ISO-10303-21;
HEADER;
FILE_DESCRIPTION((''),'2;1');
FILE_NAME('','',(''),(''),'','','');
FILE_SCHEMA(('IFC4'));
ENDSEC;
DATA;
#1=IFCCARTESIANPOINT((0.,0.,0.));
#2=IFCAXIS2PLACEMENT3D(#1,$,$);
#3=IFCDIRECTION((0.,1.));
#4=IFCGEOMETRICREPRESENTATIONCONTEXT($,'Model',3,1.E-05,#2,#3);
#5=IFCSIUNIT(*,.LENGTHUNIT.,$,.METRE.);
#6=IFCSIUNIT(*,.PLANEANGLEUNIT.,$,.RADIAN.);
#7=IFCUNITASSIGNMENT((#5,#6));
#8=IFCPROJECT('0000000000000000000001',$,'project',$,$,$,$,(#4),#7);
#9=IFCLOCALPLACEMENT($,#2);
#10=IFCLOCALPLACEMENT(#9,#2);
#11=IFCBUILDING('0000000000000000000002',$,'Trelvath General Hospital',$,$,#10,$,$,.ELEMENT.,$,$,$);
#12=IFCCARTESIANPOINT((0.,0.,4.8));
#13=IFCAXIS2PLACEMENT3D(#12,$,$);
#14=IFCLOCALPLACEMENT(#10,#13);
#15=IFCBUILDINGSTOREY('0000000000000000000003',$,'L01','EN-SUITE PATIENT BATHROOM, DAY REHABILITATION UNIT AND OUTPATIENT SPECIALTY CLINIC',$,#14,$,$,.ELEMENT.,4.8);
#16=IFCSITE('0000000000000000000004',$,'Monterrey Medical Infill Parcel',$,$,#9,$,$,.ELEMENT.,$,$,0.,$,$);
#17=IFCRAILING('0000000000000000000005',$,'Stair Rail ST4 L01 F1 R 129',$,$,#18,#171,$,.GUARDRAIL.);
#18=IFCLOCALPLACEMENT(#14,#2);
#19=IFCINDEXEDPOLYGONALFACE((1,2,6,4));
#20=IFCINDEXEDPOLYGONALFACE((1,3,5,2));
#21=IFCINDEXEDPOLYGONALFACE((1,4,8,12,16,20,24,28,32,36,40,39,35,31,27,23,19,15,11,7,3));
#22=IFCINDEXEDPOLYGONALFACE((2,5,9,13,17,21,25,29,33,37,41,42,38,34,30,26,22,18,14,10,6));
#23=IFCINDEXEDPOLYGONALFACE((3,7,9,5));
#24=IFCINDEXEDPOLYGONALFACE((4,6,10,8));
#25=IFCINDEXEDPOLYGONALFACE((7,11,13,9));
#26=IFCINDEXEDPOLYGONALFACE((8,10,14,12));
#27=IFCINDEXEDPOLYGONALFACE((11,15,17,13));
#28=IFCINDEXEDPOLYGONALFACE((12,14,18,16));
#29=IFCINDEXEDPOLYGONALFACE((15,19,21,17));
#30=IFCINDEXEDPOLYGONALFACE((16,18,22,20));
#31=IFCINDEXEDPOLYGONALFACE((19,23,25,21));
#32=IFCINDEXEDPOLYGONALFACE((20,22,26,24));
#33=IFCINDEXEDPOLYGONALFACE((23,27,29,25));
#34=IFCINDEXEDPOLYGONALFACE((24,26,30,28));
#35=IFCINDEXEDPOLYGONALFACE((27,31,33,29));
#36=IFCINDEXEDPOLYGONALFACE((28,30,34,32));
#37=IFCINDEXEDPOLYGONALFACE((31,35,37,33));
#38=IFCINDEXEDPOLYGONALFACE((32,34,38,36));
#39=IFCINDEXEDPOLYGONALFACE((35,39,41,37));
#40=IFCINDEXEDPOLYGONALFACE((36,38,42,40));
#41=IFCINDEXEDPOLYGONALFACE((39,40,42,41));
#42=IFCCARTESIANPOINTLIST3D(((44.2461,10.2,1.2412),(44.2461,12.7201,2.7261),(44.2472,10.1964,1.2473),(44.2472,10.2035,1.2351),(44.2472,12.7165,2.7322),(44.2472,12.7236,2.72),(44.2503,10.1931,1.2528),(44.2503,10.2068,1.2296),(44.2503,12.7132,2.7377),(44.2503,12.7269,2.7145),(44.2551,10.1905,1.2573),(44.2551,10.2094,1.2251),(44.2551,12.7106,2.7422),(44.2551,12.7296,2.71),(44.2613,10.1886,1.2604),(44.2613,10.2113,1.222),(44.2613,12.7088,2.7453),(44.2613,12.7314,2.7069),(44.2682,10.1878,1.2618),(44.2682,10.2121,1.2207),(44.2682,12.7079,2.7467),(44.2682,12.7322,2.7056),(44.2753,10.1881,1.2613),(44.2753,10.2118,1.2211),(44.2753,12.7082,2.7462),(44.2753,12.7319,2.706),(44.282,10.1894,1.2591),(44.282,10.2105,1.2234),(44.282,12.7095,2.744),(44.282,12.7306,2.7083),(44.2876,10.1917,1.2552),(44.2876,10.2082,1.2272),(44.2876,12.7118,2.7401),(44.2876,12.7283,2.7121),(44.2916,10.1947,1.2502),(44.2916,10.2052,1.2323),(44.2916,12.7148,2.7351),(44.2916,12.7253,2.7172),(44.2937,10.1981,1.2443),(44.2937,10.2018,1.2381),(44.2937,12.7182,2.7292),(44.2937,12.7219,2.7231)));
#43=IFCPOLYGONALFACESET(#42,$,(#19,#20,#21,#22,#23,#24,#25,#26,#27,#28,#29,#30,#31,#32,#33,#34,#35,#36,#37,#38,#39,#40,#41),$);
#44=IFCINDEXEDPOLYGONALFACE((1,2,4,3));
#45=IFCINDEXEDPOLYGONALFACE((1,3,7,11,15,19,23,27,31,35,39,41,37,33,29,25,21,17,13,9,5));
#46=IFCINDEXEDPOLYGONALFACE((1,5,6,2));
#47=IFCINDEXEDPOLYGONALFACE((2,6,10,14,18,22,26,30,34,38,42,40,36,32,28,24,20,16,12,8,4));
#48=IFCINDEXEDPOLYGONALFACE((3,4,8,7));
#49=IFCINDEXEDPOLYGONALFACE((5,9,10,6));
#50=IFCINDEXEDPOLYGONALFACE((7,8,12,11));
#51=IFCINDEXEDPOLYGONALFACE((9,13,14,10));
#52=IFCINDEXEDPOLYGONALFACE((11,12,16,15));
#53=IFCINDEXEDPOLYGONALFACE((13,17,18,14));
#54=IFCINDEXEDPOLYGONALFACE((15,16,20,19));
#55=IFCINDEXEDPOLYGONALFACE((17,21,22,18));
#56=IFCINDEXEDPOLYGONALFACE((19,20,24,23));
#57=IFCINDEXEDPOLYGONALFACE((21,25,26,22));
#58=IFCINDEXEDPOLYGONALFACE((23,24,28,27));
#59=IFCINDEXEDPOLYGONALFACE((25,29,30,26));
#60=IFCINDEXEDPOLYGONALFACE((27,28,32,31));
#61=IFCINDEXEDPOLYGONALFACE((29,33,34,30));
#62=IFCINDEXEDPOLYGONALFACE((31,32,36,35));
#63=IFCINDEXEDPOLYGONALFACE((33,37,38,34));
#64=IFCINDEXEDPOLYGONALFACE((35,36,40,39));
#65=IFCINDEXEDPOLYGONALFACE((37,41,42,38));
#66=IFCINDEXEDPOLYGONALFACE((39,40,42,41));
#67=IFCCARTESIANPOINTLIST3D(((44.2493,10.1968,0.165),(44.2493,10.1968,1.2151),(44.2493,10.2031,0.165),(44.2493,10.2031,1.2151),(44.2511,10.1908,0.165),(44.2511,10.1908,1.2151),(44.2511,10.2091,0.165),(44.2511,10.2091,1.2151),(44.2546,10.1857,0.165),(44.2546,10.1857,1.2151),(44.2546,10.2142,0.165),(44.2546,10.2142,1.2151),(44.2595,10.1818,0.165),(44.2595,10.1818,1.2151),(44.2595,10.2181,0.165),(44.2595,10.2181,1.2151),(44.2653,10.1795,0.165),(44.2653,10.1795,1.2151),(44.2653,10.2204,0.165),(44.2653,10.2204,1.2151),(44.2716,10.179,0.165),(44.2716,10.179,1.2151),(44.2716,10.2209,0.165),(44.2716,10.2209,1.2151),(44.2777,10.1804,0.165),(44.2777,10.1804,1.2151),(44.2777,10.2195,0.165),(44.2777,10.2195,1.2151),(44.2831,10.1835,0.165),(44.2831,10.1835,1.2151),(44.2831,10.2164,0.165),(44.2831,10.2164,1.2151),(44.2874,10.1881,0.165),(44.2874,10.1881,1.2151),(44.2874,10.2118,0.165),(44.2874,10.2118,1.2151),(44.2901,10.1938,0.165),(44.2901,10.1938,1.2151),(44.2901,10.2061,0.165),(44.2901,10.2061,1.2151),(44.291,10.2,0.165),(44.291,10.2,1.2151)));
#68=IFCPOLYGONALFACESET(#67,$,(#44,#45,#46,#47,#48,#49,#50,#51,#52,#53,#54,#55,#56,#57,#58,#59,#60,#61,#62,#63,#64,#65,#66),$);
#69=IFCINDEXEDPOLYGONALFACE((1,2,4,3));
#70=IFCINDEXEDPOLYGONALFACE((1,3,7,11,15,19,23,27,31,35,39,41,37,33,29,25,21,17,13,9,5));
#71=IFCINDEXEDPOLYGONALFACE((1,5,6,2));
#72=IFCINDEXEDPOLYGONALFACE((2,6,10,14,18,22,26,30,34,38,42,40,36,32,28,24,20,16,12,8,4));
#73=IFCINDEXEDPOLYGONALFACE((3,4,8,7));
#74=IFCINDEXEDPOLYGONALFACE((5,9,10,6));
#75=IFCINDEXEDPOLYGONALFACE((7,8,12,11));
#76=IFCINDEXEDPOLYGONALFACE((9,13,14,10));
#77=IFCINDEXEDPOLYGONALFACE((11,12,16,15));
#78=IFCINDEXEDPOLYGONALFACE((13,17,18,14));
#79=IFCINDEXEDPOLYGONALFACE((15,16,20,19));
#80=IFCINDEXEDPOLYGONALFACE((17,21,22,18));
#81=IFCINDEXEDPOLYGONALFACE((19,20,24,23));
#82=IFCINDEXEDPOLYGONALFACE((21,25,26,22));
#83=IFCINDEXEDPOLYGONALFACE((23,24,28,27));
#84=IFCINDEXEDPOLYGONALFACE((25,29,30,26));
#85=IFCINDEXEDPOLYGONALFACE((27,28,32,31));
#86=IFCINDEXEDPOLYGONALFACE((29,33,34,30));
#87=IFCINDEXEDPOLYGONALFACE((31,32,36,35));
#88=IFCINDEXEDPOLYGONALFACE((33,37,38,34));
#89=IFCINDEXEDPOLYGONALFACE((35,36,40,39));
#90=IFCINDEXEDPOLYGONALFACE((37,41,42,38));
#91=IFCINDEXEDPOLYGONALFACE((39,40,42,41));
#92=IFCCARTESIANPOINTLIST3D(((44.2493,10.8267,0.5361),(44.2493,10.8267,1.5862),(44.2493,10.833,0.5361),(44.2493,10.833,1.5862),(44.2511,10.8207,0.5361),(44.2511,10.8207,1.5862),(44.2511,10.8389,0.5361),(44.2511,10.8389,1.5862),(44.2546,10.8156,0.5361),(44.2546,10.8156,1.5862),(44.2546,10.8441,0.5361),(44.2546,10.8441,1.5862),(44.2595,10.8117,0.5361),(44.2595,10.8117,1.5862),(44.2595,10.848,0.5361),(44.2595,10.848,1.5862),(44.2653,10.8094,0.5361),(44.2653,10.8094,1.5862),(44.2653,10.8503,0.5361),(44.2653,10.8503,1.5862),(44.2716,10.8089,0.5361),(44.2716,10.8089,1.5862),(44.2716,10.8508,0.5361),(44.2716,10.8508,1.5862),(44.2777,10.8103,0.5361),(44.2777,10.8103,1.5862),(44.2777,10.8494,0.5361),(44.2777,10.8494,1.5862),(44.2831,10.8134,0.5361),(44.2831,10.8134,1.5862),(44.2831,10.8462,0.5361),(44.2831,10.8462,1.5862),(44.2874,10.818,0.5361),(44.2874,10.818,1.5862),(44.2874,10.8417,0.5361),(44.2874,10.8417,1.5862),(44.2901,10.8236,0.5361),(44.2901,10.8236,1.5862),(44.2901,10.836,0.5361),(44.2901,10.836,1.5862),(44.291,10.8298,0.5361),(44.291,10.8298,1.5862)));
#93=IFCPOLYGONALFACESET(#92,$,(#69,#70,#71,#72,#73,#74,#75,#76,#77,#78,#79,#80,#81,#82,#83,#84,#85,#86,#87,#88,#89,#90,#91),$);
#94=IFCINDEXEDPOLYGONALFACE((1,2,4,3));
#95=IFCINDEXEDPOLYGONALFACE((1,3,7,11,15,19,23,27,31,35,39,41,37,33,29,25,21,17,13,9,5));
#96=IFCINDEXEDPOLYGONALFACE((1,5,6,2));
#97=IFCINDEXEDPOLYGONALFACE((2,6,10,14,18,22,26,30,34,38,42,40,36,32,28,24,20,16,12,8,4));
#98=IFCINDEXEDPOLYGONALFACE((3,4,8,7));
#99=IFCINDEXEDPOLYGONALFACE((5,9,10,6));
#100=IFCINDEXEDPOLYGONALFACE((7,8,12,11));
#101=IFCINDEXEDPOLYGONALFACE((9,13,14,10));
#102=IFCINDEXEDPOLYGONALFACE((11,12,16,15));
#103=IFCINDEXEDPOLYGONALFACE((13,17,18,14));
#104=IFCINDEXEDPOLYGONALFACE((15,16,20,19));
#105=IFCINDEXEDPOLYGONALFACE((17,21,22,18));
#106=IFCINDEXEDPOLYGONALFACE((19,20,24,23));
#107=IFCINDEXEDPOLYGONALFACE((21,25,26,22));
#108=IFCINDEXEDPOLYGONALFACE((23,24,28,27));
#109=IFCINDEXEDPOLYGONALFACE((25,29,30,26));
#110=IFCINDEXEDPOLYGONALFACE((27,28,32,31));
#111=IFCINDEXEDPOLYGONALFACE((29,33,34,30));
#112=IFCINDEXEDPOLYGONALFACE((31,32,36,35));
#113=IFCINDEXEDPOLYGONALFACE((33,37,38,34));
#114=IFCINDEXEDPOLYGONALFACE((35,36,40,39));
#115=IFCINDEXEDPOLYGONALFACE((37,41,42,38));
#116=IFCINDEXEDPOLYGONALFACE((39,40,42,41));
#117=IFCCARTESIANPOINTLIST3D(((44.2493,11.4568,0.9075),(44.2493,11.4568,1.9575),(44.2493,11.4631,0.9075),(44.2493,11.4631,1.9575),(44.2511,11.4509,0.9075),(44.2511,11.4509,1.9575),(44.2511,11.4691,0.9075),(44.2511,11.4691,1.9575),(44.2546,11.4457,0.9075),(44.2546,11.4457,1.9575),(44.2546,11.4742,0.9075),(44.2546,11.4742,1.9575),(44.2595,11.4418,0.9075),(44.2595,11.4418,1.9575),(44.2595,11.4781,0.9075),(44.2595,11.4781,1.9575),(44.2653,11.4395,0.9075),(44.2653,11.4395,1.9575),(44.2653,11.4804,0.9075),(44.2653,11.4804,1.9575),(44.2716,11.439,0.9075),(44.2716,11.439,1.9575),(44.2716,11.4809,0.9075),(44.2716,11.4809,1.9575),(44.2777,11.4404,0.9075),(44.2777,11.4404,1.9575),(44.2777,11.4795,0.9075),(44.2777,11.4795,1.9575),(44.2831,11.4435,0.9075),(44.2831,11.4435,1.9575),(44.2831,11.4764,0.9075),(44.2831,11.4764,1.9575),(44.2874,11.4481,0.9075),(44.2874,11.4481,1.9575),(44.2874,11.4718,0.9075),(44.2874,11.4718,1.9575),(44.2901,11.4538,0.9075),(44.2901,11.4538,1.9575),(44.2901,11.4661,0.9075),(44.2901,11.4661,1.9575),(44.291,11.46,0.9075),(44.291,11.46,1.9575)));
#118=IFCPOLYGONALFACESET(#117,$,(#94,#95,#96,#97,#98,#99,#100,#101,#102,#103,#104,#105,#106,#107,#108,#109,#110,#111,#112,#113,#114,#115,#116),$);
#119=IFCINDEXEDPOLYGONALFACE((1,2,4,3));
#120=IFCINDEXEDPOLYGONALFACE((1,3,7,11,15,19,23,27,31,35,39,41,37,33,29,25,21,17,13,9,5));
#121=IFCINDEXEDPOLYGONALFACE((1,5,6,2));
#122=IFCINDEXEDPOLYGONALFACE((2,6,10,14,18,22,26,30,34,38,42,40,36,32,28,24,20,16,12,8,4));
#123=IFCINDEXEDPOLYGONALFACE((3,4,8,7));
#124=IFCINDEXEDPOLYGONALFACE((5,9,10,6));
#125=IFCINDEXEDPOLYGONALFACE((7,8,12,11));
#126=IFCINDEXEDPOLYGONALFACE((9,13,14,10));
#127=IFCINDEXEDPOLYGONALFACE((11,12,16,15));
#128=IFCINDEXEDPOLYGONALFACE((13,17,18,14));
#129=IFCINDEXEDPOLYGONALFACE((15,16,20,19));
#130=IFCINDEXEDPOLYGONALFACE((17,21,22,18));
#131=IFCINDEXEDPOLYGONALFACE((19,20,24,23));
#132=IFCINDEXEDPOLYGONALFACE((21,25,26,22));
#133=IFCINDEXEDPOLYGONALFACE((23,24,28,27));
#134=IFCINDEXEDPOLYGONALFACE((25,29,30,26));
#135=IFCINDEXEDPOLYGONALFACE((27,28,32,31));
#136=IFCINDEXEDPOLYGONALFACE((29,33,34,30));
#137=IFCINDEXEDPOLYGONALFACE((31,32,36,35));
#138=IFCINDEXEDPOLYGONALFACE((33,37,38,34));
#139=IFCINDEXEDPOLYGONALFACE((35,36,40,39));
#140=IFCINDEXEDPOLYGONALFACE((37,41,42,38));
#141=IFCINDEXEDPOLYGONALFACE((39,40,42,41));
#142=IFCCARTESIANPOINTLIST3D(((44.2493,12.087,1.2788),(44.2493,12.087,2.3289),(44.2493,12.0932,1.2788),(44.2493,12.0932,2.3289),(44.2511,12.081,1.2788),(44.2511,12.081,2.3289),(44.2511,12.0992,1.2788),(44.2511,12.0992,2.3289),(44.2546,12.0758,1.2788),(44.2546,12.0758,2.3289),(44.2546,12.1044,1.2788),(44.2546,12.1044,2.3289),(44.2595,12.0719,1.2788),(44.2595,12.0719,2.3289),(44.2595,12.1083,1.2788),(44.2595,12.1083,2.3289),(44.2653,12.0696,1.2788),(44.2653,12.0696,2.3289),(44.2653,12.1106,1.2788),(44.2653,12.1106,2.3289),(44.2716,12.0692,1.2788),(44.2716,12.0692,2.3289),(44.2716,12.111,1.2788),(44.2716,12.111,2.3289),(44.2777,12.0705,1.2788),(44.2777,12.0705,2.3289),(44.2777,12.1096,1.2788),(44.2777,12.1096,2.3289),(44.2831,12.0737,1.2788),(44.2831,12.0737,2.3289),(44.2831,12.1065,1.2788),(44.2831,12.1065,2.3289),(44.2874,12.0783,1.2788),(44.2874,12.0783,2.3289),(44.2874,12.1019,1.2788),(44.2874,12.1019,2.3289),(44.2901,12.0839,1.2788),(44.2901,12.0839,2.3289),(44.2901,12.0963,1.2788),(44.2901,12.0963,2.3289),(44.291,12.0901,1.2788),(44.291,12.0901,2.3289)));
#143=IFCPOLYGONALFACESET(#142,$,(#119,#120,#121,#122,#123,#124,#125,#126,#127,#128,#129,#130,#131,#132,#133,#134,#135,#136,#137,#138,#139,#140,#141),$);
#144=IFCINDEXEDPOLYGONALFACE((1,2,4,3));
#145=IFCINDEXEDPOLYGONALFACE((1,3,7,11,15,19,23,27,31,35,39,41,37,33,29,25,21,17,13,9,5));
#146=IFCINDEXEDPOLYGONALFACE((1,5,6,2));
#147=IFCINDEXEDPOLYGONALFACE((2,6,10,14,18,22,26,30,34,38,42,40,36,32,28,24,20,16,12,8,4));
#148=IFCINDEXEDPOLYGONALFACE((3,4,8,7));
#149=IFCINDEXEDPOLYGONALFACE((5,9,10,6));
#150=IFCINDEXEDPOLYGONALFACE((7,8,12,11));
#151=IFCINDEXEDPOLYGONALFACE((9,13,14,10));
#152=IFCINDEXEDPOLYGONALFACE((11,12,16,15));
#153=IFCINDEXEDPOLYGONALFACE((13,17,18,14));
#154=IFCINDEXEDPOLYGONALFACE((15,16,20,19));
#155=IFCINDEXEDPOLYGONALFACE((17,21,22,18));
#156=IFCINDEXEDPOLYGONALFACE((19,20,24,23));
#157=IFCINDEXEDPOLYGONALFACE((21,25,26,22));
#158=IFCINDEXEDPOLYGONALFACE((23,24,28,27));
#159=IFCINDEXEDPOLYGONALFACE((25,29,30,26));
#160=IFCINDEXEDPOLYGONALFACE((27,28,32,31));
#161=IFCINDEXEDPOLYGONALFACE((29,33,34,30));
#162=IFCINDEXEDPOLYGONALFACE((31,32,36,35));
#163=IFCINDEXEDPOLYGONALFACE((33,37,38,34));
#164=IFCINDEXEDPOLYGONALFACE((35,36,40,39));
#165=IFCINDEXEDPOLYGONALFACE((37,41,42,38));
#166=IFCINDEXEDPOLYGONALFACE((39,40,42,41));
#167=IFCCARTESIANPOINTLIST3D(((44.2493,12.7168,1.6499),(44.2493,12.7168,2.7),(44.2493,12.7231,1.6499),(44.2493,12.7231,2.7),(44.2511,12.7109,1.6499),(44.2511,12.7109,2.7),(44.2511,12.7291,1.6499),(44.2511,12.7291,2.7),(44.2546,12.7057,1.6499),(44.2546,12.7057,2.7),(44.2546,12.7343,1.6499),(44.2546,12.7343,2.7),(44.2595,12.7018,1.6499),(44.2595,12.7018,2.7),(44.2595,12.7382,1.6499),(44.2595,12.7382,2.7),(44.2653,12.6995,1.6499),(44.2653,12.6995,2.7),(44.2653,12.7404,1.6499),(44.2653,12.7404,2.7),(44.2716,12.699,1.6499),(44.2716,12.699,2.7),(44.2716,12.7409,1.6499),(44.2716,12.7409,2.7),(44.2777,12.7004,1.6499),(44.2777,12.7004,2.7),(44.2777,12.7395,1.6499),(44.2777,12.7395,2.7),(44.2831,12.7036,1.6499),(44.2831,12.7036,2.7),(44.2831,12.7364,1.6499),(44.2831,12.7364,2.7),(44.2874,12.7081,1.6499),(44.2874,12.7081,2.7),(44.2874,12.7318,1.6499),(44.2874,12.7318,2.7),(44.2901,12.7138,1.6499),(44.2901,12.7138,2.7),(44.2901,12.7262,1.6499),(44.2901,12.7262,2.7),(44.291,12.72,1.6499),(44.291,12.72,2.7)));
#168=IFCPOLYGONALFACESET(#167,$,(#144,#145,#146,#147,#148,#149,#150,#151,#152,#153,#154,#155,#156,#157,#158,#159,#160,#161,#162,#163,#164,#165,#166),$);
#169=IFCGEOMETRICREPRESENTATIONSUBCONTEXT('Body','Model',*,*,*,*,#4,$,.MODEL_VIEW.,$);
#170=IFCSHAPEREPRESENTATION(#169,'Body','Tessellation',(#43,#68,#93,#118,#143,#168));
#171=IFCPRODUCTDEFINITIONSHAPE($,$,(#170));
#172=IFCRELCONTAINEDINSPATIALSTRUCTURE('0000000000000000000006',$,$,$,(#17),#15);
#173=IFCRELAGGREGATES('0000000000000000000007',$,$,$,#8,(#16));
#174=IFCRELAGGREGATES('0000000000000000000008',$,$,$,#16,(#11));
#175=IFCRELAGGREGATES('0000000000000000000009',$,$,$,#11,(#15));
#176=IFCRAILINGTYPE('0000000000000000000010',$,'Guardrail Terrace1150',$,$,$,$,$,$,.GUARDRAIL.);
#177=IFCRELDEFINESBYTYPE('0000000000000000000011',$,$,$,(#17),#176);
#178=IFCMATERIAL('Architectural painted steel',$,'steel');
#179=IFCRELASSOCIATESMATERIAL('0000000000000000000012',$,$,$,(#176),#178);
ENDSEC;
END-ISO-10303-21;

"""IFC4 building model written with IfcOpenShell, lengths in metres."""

from ifc_helpers import new_model, si_unit, direction, frame, origin, origin_2d, place, context, subcontext, project, spatial, circle, extrude, material, type_object, element, save


model = new_model("IFC4")

# Units and contexts
model_context = context("Model", 3, precision=1e-05, world=origin(), true_north=direction((0.0, 1.0)))
body_context = subcontext(model_context, "Body", "Model", "MODEL_VIEW")
ifc_project = project(units=[si_unit("LENGTHUNIT", "METRE"), si_unit("PLANEANGLEUNIT", "RADIAN")], contexts=[model_context])

# Site, building, storey
site_placement = place(None, origin())
site = spatial("IfcSite", under=ifc_project, at=site_placement, Name="Monterrey Medical Infill Parcel", CompositionType="ELEMENT", RefElevation=0.0)
building_placement = place(site_placement, origin())
building = spatial("IfcBuilding", under=site, at=building_placement, Name="Trelvath General Hospital", CompositionType="ELEMENT")
storey_placement = place(building_placement, frame((0.0, 0.0, 4.8)))
storey = spatial("IfcBuildingStorey", under=building, at=storey_placement, Name="L01", Description="EN-SUITE PATIENT BATHROOM, DAY REHABILITATION UNIT AND OUTPATIENT SPECIALTY CLINIC", CompositionType="ELEMENT", Elevation=4.8)

# Railing
ifc_material_1 = material(Name="Architectural painted steel", Category="steel")
railing_type_1 = type_object("IfcRailingType", Name="Guardrail Terrace1150", PredefinedType="GUARDRAIL", material=ifc_material_1)
railing_1_placement = place(storey_placement, frame((44.27, 10.2, 0.165)))
element("IfcRailing", 1, at=railing_1_placement, inside=storey, type_object=railing_type_1, Name="Stair Rail ST4 L01 F1 R 129", PredefinedType="GUARDRAIL", context=body_context, shape_type="SweptSolid", body=[
    extrude(circle(Radius=0.0239, at=origin_2d()), frame((0.0, 0.0, 1.0762), z_axis=(0.0, 0.861561, 0.507655), x_axis=(-1.0, 0.0, 0.0)), (0.0, 0.0, 1.0), 2.925),
    extrude(circle(Radius=0.021, at=origin_2d()), origin(), (0.0, 0.0, 1.0), 1.05),
    extrude(circle(Radius=0.021, at=origin_2d()), frame((0.0, 0.6299, 0.3711)), (0.0, 0.0, 1.0), 1.05),
    extrude(circle(Radius=0.021, at=origin_2d()), frame((0.0, 1.26, 0.7424)), (0.0, 0.0, 1.0), 1.05),
    extrude(circle(Radius=0.021, at=origin_2d()), frame((0.0, 1.8901, 1.1138)), (0.0, 0.0, 1.0), 1.05),
    extrude(circle(Radius=0.021, at=origin_2d()), frame((0.0, 2.52, 1.4849)), (0.0, 0.0, 1.0), 1.05),
])

save(model, "model.ifc")
